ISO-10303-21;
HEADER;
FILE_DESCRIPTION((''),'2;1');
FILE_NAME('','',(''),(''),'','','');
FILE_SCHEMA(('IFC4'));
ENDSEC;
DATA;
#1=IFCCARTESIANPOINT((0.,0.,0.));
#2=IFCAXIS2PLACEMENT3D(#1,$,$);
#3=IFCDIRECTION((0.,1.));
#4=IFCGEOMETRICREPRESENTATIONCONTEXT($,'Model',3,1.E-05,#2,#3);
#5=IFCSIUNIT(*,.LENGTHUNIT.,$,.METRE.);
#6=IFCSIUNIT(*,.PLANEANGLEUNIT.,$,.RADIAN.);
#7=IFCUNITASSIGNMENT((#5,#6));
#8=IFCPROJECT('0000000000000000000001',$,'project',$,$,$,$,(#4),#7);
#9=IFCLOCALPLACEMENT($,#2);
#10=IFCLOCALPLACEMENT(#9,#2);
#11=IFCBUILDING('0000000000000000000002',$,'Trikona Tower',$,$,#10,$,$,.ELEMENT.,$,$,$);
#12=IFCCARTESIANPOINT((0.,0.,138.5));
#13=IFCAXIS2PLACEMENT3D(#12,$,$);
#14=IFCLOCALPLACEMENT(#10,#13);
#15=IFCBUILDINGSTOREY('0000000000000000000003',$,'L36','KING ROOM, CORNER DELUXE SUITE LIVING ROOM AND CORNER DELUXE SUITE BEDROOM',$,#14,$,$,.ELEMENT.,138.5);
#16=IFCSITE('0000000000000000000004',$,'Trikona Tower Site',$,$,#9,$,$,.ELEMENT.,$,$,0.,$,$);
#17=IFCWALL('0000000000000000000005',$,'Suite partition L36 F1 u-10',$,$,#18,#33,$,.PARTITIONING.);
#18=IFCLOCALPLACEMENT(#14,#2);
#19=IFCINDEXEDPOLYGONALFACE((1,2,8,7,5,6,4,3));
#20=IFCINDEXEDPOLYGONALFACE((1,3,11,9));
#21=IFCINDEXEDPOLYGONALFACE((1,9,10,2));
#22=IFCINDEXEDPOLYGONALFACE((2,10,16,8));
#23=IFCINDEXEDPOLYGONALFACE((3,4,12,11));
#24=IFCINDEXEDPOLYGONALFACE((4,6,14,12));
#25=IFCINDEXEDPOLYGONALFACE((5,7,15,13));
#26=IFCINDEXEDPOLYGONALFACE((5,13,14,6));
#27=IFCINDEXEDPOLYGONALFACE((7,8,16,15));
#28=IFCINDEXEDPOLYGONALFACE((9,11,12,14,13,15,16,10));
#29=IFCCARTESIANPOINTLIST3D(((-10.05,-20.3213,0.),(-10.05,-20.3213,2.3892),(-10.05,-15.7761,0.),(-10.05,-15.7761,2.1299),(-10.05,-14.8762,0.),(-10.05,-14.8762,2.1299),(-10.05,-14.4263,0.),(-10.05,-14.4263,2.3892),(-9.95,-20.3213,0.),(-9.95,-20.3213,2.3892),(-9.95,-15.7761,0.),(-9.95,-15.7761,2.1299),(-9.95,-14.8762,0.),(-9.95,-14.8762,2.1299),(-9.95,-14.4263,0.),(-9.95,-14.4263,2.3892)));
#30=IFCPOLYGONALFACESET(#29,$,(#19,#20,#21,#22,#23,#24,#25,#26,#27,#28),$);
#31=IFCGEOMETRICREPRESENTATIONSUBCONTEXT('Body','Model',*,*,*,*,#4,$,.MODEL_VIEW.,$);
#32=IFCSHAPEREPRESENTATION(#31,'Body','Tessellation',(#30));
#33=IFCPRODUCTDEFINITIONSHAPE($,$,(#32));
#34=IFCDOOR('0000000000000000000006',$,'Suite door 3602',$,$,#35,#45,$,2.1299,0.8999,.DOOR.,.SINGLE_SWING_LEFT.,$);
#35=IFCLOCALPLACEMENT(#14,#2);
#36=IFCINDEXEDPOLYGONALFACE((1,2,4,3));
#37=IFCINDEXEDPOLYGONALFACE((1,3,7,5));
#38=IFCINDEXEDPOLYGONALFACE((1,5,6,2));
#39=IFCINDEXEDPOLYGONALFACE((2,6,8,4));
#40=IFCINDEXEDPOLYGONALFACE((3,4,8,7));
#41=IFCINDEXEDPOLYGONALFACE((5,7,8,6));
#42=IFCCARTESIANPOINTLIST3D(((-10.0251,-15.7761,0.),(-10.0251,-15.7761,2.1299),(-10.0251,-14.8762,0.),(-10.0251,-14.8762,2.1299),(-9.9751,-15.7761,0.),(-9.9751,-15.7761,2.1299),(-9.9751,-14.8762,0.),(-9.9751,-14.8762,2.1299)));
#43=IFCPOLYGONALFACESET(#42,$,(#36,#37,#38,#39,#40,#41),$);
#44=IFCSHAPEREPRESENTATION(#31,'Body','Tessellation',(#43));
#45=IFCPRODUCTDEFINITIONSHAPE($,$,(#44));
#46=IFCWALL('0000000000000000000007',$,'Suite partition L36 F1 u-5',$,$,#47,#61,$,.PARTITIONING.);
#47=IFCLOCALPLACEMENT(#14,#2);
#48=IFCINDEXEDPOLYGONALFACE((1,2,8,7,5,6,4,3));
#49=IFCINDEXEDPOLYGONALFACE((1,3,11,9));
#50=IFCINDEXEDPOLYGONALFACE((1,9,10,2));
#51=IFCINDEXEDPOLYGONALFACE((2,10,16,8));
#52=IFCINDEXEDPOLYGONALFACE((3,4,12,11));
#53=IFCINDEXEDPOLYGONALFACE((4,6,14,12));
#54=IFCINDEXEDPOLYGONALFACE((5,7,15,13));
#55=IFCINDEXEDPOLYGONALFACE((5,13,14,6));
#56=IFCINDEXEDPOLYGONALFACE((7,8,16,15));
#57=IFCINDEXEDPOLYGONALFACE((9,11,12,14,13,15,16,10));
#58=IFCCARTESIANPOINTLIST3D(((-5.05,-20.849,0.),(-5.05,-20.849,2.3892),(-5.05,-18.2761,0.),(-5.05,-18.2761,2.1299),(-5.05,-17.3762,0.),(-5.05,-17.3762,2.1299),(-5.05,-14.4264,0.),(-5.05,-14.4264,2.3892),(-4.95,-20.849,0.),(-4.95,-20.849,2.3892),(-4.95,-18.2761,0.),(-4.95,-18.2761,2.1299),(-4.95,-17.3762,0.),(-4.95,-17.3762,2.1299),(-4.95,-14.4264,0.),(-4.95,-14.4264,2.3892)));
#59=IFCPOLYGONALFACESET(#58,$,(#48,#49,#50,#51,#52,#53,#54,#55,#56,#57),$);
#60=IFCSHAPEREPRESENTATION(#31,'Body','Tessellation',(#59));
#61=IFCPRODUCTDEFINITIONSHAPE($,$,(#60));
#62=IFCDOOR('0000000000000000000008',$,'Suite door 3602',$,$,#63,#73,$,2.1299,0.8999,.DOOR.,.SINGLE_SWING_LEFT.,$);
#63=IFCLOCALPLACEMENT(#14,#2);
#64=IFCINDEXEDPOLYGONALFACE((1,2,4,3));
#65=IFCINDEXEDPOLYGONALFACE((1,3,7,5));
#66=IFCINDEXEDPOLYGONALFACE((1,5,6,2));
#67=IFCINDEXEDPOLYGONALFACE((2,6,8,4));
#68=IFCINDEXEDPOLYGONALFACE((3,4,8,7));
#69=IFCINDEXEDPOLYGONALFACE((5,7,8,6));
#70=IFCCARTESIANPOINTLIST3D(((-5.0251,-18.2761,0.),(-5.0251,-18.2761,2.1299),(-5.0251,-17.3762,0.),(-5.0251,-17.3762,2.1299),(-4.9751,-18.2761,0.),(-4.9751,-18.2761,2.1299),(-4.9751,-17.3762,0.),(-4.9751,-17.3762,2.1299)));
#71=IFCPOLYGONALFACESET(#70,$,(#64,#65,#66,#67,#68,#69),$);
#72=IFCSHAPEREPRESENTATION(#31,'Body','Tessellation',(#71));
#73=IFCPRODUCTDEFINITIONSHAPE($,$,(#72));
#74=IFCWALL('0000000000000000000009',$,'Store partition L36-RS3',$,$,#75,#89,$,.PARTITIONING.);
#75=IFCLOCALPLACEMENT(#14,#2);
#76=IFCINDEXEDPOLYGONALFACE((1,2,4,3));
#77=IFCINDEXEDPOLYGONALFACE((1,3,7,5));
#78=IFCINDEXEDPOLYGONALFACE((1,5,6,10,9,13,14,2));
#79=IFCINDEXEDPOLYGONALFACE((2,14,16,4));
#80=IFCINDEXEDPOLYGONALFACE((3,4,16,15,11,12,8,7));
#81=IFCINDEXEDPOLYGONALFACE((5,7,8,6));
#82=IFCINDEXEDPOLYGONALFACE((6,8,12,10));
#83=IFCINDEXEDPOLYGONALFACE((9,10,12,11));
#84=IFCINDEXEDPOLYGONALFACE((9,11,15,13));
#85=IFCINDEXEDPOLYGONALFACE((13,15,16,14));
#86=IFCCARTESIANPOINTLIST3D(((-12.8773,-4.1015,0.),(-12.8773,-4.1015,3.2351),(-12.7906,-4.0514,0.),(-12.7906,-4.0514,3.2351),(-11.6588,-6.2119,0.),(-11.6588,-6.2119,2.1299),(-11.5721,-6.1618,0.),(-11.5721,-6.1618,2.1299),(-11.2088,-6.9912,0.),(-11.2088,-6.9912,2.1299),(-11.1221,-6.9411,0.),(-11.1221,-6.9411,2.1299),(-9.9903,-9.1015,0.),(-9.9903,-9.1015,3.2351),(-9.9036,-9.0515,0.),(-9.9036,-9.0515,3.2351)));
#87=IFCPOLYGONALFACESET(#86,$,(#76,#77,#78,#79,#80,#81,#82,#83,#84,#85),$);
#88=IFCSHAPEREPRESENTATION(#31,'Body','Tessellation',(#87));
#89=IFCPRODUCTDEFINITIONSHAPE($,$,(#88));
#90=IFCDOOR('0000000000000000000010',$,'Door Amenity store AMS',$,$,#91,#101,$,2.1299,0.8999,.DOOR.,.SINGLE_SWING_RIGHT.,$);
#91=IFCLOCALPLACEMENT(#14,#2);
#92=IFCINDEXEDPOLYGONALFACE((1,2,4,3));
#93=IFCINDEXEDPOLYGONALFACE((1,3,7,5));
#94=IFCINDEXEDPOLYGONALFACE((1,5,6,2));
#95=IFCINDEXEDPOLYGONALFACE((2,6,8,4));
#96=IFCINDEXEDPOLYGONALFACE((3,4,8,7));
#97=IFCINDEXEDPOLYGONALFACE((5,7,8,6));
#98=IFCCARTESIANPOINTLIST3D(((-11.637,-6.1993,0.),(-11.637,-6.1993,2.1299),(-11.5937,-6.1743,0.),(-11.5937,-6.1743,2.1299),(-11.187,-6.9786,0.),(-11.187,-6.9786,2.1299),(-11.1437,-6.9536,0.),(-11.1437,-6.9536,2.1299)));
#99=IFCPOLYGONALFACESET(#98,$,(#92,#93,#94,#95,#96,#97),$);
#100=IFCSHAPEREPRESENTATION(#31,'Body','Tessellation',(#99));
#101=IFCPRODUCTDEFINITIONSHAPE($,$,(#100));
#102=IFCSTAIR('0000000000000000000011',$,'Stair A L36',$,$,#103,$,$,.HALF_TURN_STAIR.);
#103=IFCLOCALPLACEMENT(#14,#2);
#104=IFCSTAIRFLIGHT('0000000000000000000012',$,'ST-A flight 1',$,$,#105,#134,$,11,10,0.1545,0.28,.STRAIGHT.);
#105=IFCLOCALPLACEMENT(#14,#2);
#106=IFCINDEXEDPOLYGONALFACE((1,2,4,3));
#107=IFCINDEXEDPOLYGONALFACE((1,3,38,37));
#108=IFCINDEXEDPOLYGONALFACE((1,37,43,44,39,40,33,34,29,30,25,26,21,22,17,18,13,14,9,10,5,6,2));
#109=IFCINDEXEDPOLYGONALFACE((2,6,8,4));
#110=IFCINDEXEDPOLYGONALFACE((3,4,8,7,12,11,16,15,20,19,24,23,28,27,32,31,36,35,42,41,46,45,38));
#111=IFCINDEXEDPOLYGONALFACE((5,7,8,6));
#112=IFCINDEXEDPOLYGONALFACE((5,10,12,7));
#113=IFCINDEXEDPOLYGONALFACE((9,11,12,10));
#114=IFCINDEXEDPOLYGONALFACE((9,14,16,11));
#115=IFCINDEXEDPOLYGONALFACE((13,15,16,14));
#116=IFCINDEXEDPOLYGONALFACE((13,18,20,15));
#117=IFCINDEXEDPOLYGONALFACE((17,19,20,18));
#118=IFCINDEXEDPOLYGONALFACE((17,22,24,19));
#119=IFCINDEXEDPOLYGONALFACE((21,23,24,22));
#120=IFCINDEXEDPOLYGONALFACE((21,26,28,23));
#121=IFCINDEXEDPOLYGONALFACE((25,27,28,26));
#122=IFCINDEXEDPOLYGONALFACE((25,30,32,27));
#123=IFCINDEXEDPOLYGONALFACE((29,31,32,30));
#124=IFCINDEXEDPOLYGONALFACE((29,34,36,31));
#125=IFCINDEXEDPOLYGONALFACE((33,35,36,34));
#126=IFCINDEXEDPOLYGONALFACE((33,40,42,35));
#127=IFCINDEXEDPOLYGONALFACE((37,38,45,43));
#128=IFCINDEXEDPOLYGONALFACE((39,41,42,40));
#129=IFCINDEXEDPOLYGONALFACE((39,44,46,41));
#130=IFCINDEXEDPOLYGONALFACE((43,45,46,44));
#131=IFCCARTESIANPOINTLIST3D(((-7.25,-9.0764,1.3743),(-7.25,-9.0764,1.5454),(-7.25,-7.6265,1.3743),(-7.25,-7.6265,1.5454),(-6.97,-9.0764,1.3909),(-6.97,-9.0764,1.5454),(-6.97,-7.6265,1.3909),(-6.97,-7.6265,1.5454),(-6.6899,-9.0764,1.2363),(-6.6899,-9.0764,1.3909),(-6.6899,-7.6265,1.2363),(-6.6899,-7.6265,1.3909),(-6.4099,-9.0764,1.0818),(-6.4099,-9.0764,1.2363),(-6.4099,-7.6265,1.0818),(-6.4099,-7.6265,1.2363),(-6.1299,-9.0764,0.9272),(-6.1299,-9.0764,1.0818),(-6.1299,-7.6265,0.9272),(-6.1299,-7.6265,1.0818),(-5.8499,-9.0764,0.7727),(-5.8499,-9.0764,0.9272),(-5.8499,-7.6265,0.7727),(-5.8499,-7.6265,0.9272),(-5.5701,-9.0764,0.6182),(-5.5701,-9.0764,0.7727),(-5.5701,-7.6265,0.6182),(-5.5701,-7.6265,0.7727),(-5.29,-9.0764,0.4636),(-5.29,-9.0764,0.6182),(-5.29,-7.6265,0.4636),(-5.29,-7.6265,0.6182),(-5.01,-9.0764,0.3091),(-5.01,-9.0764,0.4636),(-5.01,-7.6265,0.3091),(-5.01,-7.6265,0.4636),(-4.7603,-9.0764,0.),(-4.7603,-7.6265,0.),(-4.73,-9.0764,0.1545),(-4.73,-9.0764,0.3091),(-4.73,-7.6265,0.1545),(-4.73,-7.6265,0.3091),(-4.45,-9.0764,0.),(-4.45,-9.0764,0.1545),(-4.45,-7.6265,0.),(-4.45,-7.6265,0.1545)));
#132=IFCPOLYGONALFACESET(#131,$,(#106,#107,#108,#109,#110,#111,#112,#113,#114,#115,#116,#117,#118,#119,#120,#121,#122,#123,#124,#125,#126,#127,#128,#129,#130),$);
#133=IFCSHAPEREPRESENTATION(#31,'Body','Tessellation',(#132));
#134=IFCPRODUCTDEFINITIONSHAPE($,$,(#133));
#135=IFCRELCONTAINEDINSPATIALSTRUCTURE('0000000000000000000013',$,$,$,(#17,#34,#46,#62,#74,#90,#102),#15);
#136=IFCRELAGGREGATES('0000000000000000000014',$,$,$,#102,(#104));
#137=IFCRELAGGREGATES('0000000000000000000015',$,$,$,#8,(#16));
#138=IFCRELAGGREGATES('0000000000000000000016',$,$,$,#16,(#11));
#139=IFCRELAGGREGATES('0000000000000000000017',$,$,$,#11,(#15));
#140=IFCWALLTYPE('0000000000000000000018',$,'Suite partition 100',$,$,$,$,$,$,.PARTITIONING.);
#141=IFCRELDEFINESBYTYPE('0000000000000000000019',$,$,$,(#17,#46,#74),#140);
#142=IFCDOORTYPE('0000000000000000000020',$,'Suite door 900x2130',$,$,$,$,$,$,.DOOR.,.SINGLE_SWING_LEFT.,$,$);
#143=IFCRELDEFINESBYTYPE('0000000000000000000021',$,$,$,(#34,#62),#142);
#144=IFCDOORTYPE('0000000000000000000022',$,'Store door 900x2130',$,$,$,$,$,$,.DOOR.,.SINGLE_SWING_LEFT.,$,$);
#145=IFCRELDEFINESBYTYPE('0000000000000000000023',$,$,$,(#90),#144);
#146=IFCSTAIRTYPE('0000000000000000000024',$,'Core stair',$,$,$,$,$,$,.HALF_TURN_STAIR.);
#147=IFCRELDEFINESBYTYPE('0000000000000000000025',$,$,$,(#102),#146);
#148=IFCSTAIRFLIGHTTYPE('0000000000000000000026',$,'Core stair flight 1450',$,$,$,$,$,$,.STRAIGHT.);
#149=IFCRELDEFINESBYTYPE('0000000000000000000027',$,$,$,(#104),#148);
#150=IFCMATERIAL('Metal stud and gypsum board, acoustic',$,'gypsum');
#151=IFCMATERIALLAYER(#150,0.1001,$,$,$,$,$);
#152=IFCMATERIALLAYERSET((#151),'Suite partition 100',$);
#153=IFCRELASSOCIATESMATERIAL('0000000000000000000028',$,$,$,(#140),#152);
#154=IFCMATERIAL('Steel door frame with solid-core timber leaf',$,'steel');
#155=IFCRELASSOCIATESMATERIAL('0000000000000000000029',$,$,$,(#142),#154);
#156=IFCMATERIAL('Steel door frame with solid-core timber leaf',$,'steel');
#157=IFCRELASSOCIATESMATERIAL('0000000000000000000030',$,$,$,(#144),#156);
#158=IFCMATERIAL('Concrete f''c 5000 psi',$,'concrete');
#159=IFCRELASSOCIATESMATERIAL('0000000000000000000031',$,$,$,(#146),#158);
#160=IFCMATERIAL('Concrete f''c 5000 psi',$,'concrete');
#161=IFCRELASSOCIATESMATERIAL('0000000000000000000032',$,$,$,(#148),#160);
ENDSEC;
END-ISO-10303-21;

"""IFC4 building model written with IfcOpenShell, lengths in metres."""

from ifc_helpers import new_model, si_unit, direction, frame, frame_2d, origin, place, context, subcontext, project, spatial, polyline, rectangle, outline, extrude, material, layer, layer_set, type_object, element, fill, aggregate, save


model = new_model("IFC4")

# Units and contexts
model_context = context("Model", 3, precision=1e-05, world=origin(), true_north=direction((0.0, 1.0)))
body_context = subcontext(model_context, "Body", "Model", "MODEL_VIEW")
ifc_project = project(units=[si_unit("LENGTHUNIT", "METRE"), si_unit("PLANEANGLEUNIT", "RADIAN")], contexts=[model_context])

# Site, building, storey
site_placement = place(None, origin())
site = spatial("IfcSite", under=ifc_project, at=site_placement, Name="Trikona Tower Site", CompositionType="ELEMENT", RefElevation=0.0)
building_placement = place(site_placement, origin())
building = spatial("IfcBuilding", under=site, at=building_placement, Name="Trikona Tower", CompositionType="ELEMENT")
storey_placement = place(building_placement, frame((0.0, 0.0, 138.5)))
storey = spatial("IfcBuildingStorey", under=building, at=storey_placement, Name="L36", Description="KING ROOM, CORNER DELUXE SUITE LIVING ROOM AND CORNER DELUXE SUITE BEDROOM", CompositionType="ELEMENT", Elevation=138.5)

# Walls, openings, doors
ifc_material_1 = material(Name="Metal stud and gypsum board, acoustic", Category="gypsum")
ifc_layer_1 = layer(ifc_material_1, 0.1001)
ifc_layer_set_1 = layer_set([ifc_layer_1], Name="Suite partition 100")
wall_type_1 = type_object("IfcWallType", Name="Suite partition 100", PredefinedType="PARTITIONING", material=ifc_layer_set_1)
wall_1_placement = place(storey_placement, frame((-10.0, -14.4263, 0.0), z_axis=(0.0, 0.0, 1.0), x_axis=(0.0, -1.0, 0.0)))
wall_1 = element("IfcWall", 1, at=wall_1_placement, inside=storey, type_object=wall_type_1, Name="Suite partition L36 F1 u-10", PredefinedType="PARTITIONING", context=body_context, shape_type="SweptSolid", body=[
    extrude(rectangle(XDim=5.895, YDim=0.1001, at=frame_2d((2.9475, 0.0))), origin(), (0.0, 0.0, 1.0), 2.3892),
])
opening_1_placement = place(wall_1_placement, frame((0.45, 0.0, 0.0)))
opening_1 = element("IfcOpeningElement", 2, at=opening_1_placement, cuts=wall_1, PredefinedType="OPENING", context=body_context, shape_type="SweptSolid", body=[
    extrude(rectangle(XDim=0.8999, YDim=2.1299, at=frame_2d((0.45, 1.0649))), frame((0.0, 0.0601, 0.0), z_axis=(0.0, -1.0, 0.0), x_axis=(1.0, 0.0, 0.0)), (0.0, 0.0, 1.0), 0.1201),
])
ifc_material_2 = material(Name="Steel door frame with solid-core timber leaf", Category="steel")
door_type_1 = type_object("IfcDoorType", Name="Suite door 900x2130", OperationType="SINGLE_SWING_LEFT", PredefinedType="DOOR", material=ifc_material_2)
door_1_placement = place(opening_1_placement, origin())
door_1 = element("IfcDoor", 3, at=door_1_placement, inside=storey, type_object=door_type_1, Name="Suite door 3602", OperationType="SINGLE_SWING_LEFT", OverallHeight=2.1299, OverallWidth=0.8999, PredefinedType="DOOR", context=body_context, shape_type="SweptSolid", body=[
    extrude(rectangle(XDim=0.8999, YDim=2.1299, at=frame_2d((0.45, 1.0649))), frame((0.0, 0.0249, 0.0), z_axis=(0.0, -1.0, 0.0), x_axis=(1.0, 0.0, 0.0)), (0.0, 0.0, 1.0), 0.05),
])
fill(opening_1, door_1)
wall_2_placement = place(storey_placement, frame((-5.0, -14.4263, 0.0), z_axis=(0.0, 0.0, 1.0), x_axis=(0.0, -1.0, 0.0)))
wall_2 = element("IfcWall", 4, at=wall_2_placement, inside=storey, type_object=wall_type_1, Name="Suite partition L36 F1 u-5", PredefinedType="PARTITIONING", context=body_context, shape_type="SweptSolid", body=[
    extrude(rectangle(XDim=6.4226, YDim=0.1001, at=frame_2d((3.2114, 0.0))), origin(), (0.0, 0.0, 1.0), 2.3892),
])
opening_2_placement = place(wall_2_placement, frame((2.95, 0.0, 0.0)))
opening_2 = element("IfcOpeningElement", 5, at=opening_2_placement, cuts=wall_2, PredefinedType="OPENING", context=body_context, shape_type="SweptSolid", body=[
    extrude(rectangle(XDim=0.8999, YDim=2.1299, at=frame_2d((0.45, 1.0649))), frame((0.0, 0.0601, 0.0), z_axis=(0.0, -1.0, 0.0), x_axis=(1.0, 0.0, 0.0)), (0.0, 0.0, 1.0), 0.1201),
])
door_2_placement = place(opening_2_placement, origin())
door_2 = element("IfcDoor", 6, at=door_2_placement, inside=storey, type_object=door_type_1, Name="Suite door 3602", OperationType="SINGLE_SWING_LEFT", OverallHeight=2.1299, OverallWidth=0.8999, PredefinedType="DOOR", context=body_context, shape_type="SweptSolid", body=[
    extrude(rectangle(XDim=0.8999, YDim=2.1299, at=frame_2d((0.45, 1.0649))), frame((0.0, 0.0249, 0.0), z_axis=(0.0, -1.0, 0.0), x_axis=(1.0, 0.0, 0.0)), (0.0, 0.0, 1.0), 0.05),
])
fill(opening_2, door_2)
wall_3_placement = place(storey_placement, frame((-9.947, -9.0764, 0.0), z_axis=(0.0, 0.0, 1.0), x_axis=(-0.500027, 0.86601, 0.0)))
wall_3 = element("IfcWall", 7, at=wall_3_placement, inside=storey, type_object=wall_type_1, Name="Store partition L36-RS3", PredefinedType="PARTITIONING", context=body_context, shape_type="SweptSolid", body=[
    extrude(rectangle(XDim=5.7737, YDim=0.1001, at=frame_2d((2.8867, 0.0))), origin(), (0.0, 0.0, 1.0), 3.2351),
])
opening_3_placement = place(wall_3_placement, frame((2.4368, 0.0, 0.0)))
opening_3 = element("IfcOpeningElement", 8, at=opening_3_placement, cuts=wall_3, PredefinedType="OPENING", context=body_context, shape_type="SweptSolid", body=[
    extrude(rectangle(XDim=0.8999, YDim=2.1299, at=frame_2d((0.45, 1.0649))), frame((0.0, 0.0601, 0.0), z_axis=(0.0, -1.0, 0.0), x_axis=(1.0, 0.0, 0.0)), (0.0, 0.0, 1.0), 0.1201),
])
ifc_material_3 = material(Name="Steel door frame with solid-core timber leaf", Category="steel")
door_type_2 = type_object("IfcDoorType", Name="Store door 900x2130", OperationType="SINGLE_SWING_LEFT", PredefinedType="DOOR", material=ifc_material_3)
door_3_placement = place(opening_3_placement, origin())
door_3 = element("IfcDoor", 9, at=door_3_placement, inside=storey, type_object=door_type_2, Name="Door Amenity store AMS", OperationType="SINGLE_SWING_RIGHT", OverallHeight=2.1299, OverallWidth=0.8999, PredefinedType="DOOR", context=body_context, shape_type="SweptSolid", body=[
    extrude(rectangle(XDim=0.8999, YDim=2.1299, at=frame_2d((0.45, 1.0649))), frame((0.0, 0.0249, 0.0), z_axis=(0.0, -1.0, 0.0), x_axis=(1.0, 0.0, 0.0)), (0.0, 0.0, 1.0), 0.05),
])
fill(opening_3, door_3)

# Stair, stair flight
ifc_material_4 = material(Name="Concrete f'c 5000 psi", Category="concrete")
stair_type = type_object("IfcStairType", Name="Core stair", PredefinedType="HALF_TURN_STAIR", material=ifc_material_4)
stair_placement = place(storey_placement, origin())
stair = element("IfcStair", 10, at=stair_placement, inside=storey, type_object=stair_type, Name="Stair A L36", PredefinedType="HALF_TURN_STAIR")
ifc_material_5 = material(Name="Concrete f'c 5000 psi", Category="concrete")
stair_flight_type = type_object("IfcStairFlightType", Name="Core stair flight 1450", PredefinedType="STRAIGHT", material=ifc_material_5)
stair_flight_placement = place(storey_placement, frame((-4.45, -8.3513, 0.0), z_axis=(0.0, 0.0, 1.0), x_axis=(-1.0, 0.0, 0.0)))
stair_flight = element("IfcStairFlight", 11, at=stair_flight_placement, type_object=stair_flight_type, Name="ST-A flight 1", NumberOfRisers=11, NumberOfTreads=10, PredefinedType="STRAIGHT", RiserHeight=0.1545, TreadLength=0.28, context=body_context, shape_type="SweptSolid", body=[
    extrude(outline(polyline([(0.0, 0.0), (0.0, 0.1545), (0.28, 0.1545), (0.28, 0.3091), (0.5601, 0.3091), (0.5601, 0.4636), (0.8401, 0.4636), (0.8401, 0.6182), (1.1201, 0.6182), (1.1201, 0.7727), (1.3999, 0.7727), (1.3999, 0.9272), (1.6799, 0.9272), (1.6799, 1.0818), (1.96, 1.0818), (1.96, 1.2363), (2.24, 1.2363), (2.24, 1.3909), (2.52, 1.3909), (2.52, 1.5454), (2.8, 1.5454), (2.8, 1.7), (2.8, 1.3743), (0.3103, 0.0), (0.0, 0.0)])), frame((0.0, 0.7251, 0.0), z_axis=(0.0, -1.0, 0.0), x_axis=(1.0, 0.0, 0.0)), (0.0, 0.0, 1.0), 1.45),
])
aggregate(stair, [stair_flight])

save(model, "model.ifc")
